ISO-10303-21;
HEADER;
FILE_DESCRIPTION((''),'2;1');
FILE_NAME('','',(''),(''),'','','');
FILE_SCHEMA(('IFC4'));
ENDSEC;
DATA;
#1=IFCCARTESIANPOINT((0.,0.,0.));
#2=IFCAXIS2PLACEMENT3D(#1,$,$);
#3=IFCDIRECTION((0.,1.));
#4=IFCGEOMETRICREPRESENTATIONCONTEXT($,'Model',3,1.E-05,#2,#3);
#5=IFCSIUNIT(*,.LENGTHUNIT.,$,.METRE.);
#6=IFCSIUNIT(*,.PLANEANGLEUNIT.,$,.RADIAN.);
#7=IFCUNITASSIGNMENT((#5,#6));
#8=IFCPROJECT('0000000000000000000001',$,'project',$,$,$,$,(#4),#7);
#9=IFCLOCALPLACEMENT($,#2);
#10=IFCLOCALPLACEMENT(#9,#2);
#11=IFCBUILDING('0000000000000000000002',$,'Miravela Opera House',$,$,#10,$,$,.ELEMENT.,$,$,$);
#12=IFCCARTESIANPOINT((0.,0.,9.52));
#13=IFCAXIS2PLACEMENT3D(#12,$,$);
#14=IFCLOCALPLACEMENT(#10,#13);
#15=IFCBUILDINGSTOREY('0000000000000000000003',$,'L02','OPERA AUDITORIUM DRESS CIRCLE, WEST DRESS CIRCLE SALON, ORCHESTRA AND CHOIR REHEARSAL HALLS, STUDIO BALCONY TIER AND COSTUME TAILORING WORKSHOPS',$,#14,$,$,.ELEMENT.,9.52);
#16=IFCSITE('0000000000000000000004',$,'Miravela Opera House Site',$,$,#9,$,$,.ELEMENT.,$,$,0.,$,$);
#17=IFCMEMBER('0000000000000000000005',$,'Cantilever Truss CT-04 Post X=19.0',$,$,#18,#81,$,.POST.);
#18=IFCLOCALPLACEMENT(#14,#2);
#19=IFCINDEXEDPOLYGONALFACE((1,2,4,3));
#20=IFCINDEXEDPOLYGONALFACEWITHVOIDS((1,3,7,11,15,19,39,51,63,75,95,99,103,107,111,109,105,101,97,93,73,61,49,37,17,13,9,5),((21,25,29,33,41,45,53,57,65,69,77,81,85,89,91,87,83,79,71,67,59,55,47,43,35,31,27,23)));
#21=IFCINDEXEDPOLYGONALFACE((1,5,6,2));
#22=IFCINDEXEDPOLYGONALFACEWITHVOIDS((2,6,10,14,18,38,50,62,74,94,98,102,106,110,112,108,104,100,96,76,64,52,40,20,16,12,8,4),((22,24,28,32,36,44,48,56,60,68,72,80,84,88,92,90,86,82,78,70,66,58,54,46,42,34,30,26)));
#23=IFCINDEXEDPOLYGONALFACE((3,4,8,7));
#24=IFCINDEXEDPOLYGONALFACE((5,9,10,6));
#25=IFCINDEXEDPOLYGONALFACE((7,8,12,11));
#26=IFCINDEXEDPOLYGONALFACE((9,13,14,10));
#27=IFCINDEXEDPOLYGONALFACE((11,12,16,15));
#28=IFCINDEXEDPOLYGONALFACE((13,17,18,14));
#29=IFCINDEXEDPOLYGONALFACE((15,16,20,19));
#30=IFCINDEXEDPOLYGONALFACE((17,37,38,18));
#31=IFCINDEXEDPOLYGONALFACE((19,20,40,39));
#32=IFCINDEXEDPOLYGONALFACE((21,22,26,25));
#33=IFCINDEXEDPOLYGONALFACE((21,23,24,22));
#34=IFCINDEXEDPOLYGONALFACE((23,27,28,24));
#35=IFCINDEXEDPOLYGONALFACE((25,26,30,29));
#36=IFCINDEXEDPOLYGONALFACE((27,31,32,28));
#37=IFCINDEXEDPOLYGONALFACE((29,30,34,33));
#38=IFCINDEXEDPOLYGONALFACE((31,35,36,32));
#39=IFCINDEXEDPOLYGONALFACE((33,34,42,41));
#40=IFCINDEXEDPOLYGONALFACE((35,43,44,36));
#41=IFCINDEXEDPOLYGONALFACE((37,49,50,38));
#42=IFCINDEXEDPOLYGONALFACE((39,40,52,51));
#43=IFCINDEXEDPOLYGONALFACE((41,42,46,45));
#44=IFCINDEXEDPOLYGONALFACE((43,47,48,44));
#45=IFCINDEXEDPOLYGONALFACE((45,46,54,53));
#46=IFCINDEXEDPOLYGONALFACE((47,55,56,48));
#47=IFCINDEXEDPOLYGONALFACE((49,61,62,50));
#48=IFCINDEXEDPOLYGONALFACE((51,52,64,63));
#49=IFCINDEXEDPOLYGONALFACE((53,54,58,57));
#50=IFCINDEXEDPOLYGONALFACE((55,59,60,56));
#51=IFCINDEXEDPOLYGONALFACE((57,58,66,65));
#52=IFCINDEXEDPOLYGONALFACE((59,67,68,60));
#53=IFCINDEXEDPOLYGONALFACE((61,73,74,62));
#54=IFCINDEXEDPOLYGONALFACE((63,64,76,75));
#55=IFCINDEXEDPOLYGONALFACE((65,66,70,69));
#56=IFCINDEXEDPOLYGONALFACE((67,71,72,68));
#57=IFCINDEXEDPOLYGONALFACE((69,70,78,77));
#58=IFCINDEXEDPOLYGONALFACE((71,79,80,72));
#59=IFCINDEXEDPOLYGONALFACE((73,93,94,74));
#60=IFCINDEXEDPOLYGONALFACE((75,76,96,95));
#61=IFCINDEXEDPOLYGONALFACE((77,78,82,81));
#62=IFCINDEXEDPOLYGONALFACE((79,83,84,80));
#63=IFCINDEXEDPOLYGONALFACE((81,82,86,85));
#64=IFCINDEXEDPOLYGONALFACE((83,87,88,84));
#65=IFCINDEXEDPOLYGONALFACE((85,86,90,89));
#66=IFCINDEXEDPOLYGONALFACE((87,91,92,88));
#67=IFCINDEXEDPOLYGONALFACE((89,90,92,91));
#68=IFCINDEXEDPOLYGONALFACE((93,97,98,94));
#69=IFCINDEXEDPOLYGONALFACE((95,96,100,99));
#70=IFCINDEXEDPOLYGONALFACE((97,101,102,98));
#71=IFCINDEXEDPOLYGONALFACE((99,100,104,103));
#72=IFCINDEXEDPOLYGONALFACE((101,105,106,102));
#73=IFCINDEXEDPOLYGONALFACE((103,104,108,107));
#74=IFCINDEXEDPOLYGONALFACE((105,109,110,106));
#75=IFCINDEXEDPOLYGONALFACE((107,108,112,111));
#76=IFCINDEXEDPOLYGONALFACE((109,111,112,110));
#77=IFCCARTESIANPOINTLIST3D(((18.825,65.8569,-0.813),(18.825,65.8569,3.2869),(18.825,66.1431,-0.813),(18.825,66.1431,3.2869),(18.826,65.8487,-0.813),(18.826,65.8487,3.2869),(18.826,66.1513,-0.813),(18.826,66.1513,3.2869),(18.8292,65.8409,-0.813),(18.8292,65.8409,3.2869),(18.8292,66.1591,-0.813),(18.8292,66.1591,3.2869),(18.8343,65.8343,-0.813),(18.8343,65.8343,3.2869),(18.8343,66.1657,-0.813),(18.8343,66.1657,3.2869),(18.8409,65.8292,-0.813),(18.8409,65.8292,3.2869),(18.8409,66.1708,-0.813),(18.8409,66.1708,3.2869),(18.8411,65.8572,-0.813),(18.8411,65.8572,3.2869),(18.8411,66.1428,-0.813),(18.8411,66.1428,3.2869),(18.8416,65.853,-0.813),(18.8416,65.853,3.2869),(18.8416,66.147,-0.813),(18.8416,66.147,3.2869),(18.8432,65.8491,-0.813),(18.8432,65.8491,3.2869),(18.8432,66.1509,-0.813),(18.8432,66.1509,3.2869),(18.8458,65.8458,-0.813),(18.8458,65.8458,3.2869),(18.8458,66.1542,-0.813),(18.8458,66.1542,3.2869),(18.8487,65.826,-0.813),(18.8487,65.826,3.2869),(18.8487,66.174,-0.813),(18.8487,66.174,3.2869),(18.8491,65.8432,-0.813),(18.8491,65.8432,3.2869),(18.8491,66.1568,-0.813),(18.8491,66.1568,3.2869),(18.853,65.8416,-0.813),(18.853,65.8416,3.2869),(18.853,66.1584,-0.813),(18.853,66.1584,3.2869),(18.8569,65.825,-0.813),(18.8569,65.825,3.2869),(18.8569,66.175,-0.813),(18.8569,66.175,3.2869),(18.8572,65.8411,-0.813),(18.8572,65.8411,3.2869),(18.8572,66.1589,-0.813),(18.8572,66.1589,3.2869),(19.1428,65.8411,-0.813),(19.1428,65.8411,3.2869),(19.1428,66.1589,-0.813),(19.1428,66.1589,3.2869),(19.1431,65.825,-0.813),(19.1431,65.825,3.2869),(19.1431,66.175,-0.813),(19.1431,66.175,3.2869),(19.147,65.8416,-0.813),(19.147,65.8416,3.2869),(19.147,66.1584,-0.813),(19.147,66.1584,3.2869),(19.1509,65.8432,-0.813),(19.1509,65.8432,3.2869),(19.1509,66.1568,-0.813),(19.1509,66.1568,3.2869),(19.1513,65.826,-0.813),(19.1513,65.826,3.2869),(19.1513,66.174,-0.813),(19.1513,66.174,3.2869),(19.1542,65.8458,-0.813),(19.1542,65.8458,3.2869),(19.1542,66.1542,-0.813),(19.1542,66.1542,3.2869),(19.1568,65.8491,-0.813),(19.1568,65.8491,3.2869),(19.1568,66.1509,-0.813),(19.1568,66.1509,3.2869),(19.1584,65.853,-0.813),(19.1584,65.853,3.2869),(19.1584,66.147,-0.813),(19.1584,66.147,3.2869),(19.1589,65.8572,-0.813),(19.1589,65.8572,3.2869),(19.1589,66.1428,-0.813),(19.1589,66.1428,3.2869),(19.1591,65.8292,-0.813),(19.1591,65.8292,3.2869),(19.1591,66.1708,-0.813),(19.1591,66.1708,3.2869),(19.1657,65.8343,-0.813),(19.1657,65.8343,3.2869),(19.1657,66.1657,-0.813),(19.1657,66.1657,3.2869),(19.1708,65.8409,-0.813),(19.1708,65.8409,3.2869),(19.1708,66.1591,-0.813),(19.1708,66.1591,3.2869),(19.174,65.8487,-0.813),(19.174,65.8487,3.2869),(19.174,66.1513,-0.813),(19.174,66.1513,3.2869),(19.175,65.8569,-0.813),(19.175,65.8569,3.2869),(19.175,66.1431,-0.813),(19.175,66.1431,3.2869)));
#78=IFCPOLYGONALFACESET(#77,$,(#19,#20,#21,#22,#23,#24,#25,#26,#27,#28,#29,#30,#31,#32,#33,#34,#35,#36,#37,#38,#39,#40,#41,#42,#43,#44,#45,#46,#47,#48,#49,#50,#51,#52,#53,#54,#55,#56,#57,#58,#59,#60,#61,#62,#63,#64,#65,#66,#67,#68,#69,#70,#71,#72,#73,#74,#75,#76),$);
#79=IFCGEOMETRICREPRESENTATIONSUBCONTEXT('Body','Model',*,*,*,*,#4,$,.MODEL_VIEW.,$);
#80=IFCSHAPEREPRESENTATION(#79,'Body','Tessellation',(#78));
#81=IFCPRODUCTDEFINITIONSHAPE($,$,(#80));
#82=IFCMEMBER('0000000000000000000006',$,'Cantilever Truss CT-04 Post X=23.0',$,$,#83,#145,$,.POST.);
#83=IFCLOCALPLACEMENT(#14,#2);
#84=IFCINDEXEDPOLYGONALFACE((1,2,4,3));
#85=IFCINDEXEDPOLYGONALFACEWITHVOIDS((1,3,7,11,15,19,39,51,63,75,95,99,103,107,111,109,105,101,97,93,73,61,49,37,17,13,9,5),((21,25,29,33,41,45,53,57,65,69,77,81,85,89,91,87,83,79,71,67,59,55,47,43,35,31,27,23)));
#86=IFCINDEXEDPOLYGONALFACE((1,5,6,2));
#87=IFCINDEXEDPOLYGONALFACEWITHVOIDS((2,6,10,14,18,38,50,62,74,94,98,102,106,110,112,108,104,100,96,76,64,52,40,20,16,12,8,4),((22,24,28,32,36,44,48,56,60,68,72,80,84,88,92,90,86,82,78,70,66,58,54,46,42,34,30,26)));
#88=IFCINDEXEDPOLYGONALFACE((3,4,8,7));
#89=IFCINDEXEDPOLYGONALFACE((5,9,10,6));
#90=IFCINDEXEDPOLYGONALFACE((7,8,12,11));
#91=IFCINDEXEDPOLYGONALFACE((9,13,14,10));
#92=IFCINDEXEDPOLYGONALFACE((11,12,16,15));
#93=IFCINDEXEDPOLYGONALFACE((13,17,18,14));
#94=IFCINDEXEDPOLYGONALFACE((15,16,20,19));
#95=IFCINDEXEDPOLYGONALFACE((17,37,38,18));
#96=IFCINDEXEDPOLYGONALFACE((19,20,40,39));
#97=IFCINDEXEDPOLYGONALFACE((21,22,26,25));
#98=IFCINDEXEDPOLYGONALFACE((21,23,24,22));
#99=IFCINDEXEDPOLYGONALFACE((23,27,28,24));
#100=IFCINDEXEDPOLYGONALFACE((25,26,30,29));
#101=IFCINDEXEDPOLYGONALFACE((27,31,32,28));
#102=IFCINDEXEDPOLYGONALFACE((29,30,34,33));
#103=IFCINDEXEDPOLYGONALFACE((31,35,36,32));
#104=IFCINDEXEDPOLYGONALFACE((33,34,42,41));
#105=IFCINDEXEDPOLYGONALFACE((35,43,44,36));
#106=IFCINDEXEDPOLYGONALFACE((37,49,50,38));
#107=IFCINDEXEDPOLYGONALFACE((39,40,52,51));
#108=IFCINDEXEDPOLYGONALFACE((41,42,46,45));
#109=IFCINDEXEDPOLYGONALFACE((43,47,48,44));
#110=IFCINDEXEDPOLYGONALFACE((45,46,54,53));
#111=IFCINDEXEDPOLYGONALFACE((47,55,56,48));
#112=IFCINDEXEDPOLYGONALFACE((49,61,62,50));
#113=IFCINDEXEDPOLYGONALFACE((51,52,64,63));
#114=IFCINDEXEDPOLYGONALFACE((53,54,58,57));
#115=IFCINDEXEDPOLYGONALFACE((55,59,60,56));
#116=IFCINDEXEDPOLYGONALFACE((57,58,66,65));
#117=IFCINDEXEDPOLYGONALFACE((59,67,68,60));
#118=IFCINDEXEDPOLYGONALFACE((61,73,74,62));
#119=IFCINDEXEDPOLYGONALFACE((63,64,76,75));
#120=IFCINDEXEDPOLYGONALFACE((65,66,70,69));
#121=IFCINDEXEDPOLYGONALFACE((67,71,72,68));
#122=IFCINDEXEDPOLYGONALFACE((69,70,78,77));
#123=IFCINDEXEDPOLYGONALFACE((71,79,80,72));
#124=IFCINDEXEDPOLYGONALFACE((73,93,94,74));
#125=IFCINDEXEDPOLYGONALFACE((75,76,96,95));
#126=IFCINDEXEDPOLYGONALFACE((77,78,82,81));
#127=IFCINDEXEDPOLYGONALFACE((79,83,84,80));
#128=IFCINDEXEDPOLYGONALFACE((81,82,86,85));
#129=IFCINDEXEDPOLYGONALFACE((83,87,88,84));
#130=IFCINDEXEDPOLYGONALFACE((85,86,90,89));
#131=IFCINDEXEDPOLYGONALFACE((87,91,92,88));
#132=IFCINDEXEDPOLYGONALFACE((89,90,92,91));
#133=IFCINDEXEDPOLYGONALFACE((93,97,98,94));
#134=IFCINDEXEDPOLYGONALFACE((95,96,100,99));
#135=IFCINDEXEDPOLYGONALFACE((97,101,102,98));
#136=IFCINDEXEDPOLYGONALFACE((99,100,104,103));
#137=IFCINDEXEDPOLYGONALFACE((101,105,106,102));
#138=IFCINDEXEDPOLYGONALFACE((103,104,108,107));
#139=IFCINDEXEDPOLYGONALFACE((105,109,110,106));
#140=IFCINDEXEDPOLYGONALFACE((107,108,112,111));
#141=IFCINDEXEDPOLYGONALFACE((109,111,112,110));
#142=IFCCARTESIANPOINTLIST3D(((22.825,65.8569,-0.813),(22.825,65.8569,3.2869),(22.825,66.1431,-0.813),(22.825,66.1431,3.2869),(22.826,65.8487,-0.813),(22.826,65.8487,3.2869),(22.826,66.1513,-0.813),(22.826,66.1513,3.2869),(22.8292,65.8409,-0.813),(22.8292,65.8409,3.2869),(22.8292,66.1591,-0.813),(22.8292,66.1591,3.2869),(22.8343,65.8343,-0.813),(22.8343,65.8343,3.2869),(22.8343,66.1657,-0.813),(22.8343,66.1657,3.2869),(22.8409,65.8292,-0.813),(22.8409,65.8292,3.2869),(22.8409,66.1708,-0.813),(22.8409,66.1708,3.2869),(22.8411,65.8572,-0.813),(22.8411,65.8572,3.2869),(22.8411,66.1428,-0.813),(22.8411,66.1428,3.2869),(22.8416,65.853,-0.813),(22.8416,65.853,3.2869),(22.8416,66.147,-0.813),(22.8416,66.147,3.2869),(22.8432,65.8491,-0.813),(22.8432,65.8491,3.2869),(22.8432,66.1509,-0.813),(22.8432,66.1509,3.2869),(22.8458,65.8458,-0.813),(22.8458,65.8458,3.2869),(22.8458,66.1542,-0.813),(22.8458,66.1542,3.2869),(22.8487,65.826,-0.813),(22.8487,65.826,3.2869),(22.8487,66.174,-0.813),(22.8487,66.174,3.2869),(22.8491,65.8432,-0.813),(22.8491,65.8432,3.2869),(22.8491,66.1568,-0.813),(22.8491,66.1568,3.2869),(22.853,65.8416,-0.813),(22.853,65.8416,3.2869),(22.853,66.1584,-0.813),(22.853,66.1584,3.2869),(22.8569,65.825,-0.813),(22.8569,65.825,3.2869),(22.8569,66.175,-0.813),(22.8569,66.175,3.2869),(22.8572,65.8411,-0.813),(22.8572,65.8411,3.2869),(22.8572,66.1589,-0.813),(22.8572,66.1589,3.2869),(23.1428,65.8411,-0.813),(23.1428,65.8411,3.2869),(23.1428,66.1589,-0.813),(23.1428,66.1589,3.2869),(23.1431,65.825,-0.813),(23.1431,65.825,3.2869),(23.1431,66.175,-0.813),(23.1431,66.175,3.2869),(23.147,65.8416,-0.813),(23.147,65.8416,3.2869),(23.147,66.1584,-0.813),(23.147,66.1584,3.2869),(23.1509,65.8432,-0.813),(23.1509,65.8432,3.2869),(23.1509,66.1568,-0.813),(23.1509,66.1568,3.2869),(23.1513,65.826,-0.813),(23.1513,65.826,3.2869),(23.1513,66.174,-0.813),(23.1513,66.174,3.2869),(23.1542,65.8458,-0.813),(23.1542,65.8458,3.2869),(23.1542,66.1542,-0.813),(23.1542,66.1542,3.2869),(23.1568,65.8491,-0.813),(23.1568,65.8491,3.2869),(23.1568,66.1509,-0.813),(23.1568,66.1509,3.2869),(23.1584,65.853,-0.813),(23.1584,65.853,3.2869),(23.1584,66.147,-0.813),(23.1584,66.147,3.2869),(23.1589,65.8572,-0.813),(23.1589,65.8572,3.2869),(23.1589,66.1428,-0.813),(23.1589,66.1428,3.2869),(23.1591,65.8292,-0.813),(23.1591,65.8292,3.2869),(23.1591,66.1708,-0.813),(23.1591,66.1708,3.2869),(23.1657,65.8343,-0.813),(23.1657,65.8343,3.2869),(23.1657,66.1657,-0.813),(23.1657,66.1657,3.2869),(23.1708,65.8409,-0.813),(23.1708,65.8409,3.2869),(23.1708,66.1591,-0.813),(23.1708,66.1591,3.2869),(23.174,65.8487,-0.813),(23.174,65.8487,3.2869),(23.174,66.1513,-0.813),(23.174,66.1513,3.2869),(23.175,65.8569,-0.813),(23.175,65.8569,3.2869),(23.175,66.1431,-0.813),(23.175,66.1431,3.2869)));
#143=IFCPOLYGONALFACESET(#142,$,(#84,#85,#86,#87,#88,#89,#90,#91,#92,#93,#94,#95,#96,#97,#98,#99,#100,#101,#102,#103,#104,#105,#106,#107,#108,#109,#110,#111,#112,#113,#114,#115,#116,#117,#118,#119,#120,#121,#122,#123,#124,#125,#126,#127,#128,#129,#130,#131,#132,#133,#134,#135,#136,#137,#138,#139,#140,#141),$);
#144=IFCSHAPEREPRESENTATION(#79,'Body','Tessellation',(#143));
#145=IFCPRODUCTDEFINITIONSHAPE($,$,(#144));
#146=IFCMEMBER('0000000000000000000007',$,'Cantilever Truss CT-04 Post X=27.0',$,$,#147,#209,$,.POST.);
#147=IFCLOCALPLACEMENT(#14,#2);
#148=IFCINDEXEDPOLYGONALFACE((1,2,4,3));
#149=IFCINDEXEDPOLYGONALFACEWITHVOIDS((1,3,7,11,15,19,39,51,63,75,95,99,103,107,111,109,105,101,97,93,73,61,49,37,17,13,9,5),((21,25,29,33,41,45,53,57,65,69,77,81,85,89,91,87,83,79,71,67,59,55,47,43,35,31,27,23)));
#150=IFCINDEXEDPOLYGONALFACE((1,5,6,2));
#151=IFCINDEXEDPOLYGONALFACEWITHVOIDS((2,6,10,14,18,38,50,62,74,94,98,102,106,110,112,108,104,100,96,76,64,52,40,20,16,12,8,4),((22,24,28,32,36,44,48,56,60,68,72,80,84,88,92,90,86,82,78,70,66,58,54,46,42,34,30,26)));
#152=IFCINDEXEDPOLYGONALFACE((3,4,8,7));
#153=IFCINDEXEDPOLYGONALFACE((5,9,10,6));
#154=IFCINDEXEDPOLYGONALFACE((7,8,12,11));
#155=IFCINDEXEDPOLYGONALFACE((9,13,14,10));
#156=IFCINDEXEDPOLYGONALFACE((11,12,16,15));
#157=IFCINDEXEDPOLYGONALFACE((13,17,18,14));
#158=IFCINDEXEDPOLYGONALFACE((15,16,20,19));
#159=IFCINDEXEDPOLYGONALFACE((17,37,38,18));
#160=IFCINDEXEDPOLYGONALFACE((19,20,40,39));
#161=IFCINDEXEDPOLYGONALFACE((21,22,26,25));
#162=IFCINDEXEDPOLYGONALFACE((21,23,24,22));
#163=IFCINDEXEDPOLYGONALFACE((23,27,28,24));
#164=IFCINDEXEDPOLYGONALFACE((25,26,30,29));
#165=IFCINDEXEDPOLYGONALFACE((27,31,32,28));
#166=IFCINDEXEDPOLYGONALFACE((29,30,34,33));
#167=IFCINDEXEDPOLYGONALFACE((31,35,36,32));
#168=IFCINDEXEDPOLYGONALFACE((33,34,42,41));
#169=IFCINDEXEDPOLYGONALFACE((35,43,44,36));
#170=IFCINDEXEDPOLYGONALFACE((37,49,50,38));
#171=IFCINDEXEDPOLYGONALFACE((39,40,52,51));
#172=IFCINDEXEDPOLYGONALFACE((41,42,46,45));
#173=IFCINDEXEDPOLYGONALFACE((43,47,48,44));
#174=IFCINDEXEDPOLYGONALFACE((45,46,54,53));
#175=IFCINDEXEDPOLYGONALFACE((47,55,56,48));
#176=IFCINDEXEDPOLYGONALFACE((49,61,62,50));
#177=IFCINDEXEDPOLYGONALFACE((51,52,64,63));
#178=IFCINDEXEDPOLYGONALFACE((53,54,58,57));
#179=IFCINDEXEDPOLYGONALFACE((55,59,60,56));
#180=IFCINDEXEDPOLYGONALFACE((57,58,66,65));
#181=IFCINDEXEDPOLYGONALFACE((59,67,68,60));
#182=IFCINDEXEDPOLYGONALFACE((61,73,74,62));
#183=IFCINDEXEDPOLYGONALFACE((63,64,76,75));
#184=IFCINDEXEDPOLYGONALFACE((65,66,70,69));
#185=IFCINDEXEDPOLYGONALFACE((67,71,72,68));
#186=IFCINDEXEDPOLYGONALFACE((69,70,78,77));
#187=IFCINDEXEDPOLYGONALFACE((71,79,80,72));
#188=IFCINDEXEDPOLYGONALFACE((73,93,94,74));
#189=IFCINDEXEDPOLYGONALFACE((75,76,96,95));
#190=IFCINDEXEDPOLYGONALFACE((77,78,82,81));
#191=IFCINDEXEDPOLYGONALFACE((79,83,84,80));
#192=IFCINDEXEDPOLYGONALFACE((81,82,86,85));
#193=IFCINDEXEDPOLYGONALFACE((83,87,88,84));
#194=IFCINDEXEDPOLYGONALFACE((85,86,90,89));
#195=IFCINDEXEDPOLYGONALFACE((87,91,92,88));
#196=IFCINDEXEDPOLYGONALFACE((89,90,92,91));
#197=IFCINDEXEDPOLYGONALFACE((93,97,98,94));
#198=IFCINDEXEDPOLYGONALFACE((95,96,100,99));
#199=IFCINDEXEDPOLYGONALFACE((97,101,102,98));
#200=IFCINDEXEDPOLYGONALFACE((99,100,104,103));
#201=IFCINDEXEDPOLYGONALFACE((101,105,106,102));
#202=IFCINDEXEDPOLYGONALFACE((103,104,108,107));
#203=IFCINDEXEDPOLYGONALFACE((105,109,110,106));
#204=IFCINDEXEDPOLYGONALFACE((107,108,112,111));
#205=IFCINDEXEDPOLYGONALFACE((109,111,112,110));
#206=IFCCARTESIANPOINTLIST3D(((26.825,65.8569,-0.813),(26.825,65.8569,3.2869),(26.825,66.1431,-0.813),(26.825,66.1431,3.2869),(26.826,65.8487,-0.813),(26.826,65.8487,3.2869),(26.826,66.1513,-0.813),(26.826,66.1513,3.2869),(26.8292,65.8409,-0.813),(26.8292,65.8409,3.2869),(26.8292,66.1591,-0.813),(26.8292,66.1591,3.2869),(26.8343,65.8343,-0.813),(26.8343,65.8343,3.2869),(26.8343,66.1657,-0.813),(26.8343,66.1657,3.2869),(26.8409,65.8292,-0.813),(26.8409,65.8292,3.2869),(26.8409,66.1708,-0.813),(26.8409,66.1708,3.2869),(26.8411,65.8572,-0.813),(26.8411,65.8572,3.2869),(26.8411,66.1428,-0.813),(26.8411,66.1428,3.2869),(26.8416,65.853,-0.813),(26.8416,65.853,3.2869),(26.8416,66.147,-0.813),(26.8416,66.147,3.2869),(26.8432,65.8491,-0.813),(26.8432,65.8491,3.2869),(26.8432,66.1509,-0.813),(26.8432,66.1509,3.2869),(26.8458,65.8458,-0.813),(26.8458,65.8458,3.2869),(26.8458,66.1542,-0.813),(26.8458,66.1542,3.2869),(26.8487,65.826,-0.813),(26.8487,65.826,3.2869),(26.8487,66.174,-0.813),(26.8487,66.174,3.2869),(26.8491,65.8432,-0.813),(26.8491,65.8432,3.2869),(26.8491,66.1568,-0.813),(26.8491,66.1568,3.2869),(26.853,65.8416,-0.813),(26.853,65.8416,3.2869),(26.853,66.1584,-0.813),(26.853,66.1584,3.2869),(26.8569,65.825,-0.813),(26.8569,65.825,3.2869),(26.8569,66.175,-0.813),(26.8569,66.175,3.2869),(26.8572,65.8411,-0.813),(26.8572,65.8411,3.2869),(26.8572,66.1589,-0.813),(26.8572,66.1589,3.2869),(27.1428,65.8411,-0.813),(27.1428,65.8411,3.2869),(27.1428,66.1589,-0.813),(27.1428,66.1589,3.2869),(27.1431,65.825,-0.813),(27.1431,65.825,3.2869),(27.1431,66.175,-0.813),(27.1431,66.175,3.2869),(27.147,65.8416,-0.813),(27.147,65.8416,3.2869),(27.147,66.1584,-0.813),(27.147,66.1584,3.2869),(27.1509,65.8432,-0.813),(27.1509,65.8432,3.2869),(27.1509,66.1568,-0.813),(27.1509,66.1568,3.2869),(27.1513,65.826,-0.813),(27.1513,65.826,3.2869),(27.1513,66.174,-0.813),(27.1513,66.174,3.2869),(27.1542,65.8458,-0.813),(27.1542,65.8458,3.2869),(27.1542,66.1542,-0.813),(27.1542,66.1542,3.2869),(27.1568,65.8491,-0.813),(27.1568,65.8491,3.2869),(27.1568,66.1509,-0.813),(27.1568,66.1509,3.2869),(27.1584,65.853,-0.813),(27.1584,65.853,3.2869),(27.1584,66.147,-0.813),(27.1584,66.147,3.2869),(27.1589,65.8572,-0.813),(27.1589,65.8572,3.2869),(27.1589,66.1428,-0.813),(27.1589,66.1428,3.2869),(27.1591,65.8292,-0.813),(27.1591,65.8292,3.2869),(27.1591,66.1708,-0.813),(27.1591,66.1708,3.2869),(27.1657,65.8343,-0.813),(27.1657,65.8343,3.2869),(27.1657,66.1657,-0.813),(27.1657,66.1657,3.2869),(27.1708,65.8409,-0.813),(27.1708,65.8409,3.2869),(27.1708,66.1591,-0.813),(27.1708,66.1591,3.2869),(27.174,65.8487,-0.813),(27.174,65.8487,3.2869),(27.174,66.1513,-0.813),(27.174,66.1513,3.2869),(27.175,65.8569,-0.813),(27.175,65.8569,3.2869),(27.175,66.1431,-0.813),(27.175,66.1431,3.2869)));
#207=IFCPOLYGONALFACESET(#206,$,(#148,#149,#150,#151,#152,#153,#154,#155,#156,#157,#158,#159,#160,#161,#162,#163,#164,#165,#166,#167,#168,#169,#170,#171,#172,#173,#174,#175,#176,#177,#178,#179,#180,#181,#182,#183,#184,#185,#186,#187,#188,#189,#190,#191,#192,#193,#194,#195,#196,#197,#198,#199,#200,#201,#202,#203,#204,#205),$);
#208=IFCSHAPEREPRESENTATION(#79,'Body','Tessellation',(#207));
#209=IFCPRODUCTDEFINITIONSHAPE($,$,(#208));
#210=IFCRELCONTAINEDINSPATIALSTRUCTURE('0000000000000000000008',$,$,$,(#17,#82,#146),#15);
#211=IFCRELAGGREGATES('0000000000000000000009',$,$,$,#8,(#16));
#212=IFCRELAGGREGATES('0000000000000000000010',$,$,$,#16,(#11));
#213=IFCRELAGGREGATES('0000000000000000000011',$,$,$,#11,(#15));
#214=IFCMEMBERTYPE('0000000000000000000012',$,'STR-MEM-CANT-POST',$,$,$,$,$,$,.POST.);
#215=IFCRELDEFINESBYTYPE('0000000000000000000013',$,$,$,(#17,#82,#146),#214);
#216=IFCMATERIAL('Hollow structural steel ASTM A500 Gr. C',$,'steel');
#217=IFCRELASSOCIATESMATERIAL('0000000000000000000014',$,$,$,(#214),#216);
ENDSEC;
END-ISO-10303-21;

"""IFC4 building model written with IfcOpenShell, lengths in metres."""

from ifc_helpers import new_model, si_unit, direction, frame, origin, origin_2d, place, context, subcontext, project, spatial, hollow_rectangle, extrude, material, material_profile, profile_set, type_object, element, save


model = new_model("IFC4")

# Units and contexts
model_context = context("Model", 3, precision=1e-05, world=origin(), true_north=direction((0.0, 1.0)))
body_context = subcontext(model_context, "Body", "Model", "MODEL_VIEW")
ifc_project = project(units=[si_unit("LENGTHUNIT", "METRE"), si_unit("PLANEANGLEUNIT", "RADIAN")], contexts=[model_context])

# Site, building, storey
site_placement = place(None, origin())
site = spatial("IfcSite", under=ifc_project, at=site_placement, Name="Miravela Opera House Site", CompositionType="ELEMENT", RefElevation=0.0)
building_placement = place(site_placement, origin())
building = spatial("IfcBuilding", under=site, at=building_placement, Name="Miravela Opera House", CompositionType="ELEMENT")
storey_placement = place(building_placement, frame((0.0, 0.0, 9.52)))
storey = spatial("IfcBuildingStorey", under=building, at=storey_placement, Name="L02", Description="OPERA AUDITORIUM DRESS CIRCLE, WEST DRESS CIRCLE SALON, ORCHESTRA AND CHOIR REHEARSAL HALLS, STUDIO BALCONY TIER AND COSTUME TAILORING WORKSHOPS", CompositionType="ELEMENT", Elevation=9.52)

# Members
ifc_material_1 = material(Name="Hollow structural steel ASTM A500 Gr. C", Category="steel")
ifc_material_profile_1 = material_profile(ifc_material_1, hollow_rectangle(XDim=0.3501, YDim=0.3501, WallThickness=0.0161, InnerFilletRadius=0.0161, OuterFilletRadius=0.032, at=origin_2d()), Name="HSS350X350X16")
ifc_profile_set_1 = profile_set([ifc_material_profile_1])
member_type_1 = type_object("IfcMemberType", Name="STR-MEM-CANT-POST", PredefinedType="POST", material=ifc_profile_set_1)
for number, where, z_axis, x_axis, name in (
    (1, (19.0, 66.0, -0.813), (0.0, 0.0, 1.0), (1.0, 0.0, 0.0), "Cantilever Truss CT-04 Post X=19.0"),
    (2, (23.0, 66.0, -0.813), (0.0, 0.0, 1.0), (1.0, 0.0, 0.0), "Cantilever Truss CT-04 Post X=23.0"),
    (3, (27.0, 66.0, -0.813), (0.0, 0.0, 1.0), (1.0, 0.0, 0.0), "Cantilever Truss CT-04 Post X=27.0"),
):
    element("IfcMember", number, at=place(storey_placement, frame(where, z_axis=z_axis, x_axis=x_axis)), inside=storey, type_object=member_type_1, Name=name, PredefinedType="POST", context=body_context, shape_type="SweptSolid", body=[
        extrude(hollow_rectangle(XDim=0.3501, YDim=0.3501, WallThickness=0.0161, InnerFilletRadius=0.0161, OuterFilletRadius=0.032, at=origin_2d()), origin(), (0.0, 0.0, 1.0), 4.0999),
    ])

save(model, "model.ifc")
